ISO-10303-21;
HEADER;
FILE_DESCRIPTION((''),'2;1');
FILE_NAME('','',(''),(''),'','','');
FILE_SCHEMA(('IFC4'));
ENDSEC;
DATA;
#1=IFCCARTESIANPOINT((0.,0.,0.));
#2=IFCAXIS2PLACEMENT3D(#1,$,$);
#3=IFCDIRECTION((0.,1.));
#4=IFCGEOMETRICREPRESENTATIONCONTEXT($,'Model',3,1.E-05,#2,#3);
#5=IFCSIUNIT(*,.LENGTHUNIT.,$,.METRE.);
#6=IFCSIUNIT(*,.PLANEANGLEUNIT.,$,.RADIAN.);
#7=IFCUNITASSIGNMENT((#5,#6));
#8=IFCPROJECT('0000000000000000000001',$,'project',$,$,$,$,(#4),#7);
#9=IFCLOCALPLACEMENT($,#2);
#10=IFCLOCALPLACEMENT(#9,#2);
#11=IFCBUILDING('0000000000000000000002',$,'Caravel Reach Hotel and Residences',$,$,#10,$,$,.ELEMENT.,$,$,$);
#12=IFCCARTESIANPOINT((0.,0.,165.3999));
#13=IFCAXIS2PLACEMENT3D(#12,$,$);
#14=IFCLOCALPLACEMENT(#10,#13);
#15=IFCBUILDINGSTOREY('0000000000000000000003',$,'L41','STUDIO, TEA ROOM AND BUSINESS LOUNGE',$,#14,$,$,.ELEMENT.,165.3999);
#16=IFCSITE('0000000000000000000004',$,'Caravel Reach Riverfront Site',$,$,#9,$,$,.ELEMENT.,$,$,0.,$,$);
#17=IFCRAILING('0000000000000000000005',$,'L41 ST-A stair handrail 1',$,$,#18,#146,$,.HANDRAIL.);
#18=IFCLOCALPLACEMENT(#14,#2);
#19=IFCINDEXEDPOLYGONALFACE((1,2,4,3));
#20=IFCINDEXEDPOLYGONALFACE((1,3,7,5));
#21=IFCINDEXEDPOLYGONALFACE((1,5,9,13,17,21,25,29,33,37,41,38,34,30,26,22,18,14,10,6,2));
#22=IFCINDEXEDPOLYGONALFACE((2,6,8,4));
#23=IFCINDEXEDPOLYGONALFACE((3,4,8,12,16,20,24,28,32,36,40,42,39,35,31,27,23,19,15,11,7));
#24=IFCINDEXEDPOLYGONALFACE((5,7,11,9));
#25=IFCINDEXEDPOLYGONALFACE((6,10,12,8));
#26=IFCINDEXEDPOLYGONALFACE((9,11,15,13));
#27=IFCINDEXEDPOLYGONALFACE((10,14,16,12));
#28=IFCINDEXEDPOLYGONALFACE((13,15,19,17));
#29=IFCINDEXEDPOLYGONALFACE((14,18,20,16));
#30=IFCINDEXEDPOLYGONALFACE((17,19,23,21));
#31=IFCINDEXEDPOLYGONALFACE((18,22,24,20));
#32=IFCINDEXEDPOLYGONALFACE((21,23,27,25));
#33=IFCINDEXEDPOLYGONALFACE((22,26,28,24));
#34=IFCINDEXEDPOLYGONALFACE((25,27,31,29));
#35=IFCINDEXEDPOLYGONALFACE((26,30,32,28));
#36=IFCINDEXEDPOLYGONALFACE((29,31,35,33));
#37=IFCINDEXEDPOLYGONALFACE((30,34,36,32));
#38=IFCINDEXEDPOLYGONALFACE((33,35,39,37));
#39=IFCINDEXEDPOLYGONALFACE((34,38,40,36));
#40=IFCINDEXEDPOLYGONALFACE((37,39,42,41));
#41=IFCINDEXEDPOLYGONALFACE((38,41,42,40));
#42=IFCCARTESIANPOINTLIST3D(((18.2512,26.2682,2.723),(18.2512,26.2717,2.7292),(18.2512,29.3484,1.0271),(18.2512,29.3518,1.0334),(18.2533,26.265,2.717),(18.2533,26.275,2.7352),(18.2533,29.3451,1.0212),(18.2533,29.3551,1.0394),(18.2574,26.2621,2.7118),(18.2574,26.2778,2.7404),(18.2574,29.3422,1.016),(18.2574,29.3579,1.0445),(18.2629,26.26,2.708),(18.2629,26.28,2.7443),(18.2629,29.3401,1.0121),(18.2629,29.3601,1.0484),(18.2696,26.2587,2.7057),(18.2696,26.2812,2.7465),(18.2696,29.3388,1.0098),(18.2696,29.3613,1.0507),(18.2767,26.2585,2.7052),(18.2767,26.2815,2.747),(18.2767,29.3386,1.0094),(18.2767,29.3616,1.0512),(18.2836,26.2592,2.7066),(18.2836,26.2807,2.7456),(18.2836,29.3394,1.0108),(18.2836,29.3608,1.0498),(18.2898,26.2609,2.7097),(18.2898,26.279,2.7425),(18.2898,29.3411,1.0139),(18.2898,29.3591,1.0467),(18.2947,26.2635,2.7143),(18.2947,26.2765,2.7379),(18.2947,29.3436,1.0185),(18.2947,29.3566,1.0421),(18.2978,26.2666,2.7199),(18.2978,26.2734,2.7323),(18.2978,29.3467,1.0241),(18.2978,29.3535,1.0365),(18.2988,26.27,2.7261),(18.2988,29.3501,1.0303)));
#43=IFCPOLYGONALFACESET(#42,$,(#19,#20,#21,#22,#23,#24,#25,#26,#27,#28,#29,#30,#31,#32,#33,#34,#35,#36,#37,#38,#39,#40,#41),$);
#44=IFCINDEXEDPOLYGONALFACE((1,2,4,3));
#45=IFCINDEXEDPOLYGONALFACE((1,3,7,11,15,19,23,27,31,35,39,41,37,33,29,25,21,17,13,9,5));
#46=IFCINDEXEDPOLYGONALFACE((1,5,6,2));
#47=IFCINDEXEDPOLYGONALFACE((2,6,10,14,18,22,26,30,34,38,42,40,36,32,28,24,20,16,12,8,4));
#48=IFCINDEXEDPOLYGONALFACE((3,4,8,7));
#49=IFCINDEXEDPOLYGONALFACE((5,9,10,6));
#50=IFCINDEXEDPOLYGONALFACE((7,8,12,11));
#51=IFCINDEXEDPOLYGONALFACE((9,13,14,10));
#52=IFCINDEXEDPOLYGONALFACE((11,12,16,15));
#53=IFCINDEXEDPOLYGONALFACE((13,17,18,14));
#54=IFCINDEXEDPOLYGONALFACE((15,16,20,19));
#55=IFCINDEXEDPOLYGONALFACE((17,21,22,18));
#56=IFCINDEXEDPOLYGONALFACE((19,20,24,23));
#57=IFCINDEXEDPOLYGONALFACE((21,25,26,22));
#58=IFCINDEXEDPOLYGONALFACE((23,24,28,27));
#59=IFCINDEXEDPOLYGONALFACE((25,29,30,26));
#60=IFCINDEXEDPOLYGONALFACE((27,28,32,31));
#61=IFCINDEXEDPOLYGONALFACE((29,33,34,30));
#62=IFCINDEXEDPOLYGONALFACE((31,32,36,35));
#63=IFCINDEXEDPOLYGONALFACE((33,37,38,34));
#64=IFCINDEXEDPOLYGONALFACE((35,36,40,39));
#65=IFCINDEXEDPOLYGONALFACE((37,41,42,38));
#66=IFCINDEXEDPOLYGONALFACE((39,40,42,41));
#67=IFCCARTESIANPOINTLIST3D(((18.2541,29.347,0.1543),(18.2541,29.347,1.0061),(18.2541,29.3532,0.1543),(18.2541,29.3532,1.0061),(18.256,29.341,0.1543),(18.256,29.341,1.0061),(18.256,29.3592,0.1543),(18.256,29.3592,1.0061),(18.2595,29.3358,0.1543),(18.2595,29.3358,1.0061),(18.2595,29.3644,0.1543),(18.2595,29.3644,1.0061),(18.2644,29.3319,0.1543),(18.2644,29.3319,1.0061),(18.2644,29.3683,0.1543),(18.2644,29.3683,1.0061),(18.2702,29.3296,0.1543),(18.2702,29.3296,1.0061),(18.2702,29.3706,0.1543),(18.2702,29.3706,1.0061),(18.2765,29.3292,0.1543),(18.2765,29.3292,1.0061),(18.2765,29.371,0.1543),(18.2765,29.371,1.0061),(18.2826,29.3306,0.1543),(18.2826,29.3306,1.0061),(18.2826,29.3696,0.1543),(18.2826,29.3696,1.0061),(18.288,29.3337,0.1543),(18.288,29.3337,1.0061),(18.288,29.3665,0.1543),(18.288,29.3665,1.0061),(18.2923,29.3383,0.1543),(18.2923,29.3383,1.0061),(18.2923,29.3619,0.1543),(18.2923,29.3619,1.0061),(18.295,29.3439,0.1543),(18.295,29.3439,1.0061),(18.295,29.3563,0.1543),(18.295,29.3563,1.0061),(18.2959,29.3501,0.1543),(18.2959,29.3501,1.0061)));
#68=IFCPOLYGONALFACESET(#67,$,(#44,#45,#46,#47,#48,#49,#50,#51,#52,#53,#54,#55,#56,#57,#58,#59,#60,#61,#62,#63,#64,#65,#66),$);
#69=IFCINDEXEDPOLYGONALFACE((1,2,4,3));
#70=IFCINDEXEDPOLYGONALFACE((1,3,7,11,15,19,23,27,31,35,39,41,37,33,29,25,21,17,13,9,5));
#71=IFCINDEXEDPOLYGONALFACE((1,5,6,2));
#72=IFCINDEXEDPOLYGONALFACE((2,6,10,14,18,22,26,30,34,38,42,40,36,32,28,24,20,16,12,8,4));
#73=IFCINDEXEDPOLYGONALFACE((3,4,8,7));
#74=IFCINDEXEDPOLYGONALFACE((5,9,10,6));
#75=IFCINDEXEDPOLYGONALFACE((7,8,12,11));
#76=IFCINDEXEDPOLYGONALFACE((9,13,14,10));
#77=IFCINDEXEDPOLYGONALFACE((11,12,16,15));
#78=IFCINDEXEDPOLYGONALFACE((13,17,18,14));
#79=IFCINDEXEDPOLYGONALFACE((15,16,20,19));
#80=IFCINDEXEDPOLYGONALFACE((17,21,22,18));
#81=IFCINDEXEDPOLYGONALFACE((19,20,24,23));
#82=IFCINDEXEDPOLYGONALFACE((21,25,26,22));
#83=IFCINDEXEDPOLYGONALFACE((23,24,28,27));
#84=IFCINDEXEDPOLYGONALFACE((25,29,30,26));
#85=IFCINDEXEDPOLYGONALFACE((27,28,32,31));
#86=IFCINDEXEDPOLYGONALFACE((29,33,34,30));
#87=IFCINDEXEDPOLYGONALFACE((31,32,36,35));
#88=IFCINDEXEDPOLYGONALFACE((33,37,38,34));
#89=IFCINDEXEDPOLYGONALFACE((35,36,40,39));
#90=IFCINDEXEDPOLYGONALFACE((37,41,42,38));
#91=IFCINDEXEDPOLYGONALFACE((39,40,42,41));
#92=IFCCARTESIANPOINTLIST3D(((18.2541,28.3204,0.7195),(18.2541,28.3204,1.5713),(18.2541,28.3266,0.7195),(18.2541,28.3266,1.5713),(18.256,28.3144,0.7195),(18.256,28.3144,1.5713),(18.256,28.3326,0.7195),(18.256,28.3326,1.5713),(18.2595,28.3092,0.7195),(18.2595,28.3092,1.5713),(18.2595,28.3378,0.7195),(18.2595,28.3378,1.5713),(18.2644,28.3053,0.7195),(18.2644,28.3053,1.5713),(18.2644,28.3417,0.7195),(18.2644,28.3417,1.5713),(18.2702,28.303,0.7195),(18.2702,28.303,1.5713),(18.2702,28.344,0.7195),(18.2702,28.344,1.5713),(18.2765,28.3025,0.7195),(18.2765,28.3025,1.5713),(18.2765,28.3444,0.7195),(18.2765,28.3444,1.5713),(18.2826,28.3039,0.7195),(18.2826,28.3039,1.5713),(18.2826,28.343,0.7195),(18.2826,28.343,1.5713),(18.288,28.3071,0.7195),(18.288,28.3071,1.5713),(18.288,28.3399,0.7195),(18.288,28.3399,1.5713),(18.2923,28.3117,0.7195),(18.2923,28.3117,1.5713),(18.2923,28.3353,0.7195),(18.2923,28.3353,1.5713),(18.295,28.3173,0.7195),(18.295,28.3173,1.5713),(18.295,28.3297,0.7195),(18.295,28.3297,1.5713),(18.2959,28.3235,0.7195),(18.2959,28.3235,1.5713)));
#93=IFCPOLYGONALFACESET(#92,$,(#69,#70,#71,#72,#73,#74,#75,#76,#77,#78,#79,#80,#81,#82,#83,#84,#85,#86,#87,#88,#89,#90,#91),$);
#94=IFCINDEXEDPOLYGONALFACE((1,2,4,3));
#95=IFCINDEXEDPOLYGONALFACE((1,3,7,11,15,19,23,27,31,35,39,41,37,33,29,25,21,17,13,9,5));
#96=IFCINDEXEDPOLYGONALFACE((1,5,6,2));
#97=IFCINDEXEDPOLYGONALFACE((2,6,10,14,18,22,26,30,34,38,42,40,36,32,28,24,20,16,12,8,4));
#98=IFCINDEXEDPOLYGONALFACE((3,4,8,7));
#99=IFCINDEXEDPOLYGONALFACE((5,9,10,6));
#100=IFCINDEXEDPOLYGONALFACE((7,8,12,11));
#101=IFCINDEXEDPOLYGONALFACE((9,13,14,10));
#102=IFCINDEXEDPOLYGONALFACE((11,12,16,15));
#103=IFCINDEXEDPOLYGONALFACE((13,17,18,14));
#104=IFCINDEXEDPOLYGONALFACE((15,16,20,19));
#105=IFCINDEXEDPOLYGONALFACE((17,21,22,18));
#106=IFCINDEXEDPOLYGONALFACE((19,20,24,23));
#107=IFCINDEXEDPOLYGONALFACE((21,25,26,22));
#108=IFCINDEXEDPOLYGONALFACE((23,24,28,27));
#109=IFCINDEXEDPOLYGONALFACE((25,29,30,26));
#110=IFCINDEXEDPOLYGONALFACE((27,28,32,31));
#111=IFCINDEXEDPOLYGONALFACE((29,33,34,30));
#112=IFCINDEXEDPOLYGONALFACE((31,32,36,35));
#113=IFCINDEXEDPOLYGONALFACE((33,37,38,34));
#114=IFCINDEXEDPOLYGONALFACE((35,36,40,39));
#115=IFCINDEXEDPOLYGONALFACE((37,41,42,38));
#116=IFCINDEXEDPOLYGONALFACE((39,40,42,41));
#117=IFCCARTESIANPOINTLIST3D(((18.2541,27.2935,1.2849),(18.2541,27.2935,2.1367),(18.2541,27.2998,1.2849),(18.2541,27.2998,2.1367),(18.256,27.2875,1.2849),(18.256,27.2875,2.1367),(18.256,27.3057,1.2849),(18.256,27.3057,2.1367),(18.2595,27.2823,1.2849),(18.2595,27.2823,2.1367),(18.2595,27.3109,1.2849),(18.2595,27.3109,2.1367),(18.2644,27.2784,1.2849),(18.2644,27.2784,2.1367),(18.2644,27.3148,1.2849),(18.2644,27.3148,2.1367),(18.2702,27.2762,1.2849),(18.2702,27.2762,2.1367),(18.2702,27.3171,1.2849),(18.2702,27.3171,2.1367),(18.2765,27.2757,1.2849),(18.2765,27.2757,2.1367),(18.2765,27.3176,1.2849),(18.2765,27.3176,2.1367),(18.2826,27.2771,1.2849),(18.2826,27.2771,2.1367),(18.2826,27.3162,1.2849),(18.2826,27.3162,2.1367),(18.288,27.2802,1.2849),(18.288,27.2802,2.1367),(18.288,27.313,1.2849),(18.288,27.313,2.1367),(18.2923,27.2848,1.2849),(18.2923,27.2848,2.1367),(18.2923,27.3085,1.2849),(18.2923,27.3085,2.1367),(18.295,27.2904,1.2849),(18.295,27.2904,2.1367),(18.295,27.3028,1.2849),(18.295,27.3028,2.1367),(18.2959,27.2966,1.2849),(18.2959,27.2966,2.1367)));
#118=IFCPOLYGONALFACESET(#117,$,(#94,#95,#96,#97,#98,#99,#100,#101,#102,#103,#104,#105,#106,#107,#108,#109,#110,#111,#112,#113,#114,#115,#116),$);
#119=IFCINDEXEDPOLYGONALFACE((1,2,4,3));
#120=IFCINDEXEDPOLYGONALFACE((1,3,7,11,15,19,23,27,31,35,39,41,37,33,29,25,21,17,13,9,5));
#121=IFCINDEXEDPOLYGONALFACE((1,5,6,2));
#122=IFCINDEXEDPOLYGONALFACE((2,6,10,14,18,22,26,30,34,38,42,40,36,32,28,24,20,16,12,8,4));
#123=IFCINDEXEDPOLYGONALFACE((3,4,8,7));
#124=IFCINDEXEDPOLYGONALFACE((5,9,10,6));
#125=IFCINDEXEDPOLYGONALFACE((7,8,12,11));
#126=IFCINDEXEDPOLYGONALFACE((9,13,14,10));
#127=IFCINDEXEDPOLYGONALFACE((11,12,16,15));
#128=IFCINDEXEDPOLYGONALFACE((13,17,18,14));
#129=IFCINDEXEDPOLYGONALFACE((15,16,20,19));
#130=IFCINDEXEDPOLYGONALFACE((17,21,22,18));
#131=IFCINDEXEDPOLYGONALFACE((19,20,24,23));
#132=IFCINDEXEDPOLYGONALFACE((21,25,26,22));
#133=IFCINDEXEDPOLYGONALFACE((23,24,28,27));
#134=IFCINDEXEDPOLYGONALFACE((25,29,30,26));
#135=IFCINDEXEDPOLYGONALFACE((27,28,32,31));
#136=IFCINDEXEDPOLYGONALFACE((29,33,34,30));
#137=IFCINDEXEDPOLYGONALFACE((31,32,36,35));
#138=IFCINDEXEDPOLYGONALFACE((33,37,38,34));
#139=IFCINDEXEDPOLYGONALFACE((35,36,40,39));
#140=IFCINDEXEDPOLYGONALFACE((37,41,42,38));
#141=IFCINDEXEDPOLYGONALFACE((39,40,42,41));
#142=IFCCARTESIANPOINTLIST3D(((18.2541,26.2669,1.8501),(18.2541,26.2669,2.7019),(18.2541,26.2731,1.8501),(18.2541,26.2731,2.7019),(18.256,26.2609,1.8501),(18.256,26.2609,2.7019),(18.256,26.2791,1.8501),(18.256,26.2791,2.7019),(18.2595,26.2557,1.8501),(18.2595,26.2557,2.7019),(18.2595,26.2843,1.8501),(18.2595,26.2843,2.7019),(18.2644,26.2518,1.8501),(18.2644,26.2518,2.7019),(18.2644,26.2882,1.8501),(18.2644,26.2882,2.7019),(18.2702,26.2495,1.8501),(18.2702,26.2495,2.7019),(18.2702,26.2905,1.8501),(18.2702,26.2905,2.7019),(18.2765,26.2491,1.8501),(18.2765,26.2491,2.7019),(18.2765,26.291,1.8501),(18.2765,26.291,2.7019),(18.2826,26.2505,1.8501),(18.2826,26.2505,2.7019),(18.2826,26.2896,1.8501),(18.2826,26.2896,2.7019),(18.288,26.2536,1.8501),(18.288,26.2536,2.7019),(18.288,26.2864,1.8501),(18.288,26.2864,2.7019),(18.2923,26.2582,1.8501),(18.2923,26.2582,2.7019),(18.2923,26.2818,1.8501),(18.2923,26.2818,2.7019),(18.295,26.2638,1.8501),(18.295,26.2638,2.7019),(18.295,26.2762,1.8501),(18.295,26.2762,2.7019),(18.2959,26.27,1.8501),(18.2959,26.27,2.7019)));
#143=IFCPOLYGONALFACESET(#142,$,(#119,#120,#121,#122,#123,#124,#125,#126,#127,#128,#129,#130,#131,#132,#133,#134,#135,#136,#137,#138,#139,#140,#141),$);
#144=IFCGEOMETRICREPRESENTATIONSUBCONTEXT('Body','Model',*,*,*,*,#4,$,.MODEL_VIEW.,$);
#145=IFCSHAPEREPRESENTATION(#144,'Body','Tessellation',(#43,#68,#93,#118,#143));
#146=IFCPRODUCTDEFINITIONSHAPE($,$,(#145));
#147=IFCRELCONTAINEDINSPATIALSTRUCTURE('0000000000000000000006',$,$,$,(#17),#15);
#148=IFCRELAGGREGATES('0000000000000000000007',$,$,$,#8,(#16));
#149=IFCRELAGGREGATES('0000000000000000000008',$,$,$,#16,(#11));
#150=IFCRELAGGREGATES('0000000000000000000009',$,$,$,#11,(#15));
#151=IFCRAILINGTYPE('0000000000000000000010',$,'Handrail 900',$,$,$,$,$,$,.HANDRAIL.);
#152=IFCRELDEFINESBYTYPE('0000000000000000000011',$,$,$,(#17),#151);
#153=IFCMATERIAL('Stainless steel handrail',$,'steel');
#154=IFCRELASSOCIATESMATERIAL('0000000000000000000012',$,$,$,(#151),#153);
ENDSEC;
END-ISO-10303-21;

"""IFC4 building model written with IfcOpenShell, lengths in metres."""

from ifc_helpers import new_model, si_unit, direction, frame, origin, origin_2d, place, context, subcontext, project, spatial, circle, extrude, material, type_object, element, save


model = new_model("IFC4")

# Units and contexts
model_context = context("Model", 3, precision=1e-05, world=origin(), true_north=direction((0.0, 1.0)))
body_context = subcontext(model_context, "Body", "Model", "MODEL_VIEW")
ifc_project = project(units=[si_unit("LENGTHUNIT", "METRE"), si_unit("PLANEANGLEUNIT", "RADIAN")], contexts=[model_context])

# Site, building, storey
site_placement = place(None, origin())
site = spatial("IfcSite", under=ifc_project, at=site_placement, Name="Caravel Reach Riverfront Site", CompositionType="ELEMENT", RefElevation=0.0)
building_placement = place(site_placement, origin())
building = spatial("IfcBuilding", under=site, at=building_placement, Name="Caravel Reach Hotel and Residences", CompositionType="ELEMENT")
storey_placement = place(building_placement, frame((0.0, 0.0, 165.3999)))
storey = spatial("IfcBuildingStorey", under=building, at=storey_placement, Name="L41", Description="STUDIO, TEA ROOM AND BUSINESS LOUNGE", CompositionType="ELEMENT", Elevation=165.3999)

# Railing
ifc_material_1 = material(Name="Stainless steel handrail", Category="steel")
railing_type_1 = type_object("IfcRailingType", Name="Handrail 900", PredefinedType="HANDRAIL", material=ifc_material_1)
railing_1_placement = place(storey_placement, frame((18.2749, 29.3501, 0.1543)))
element("IfcRailing", 1, at=railing_1_placement, inside=storey, type_object=railing_type_1, Name="L41 ST-A stair handrail 1", PredefinedType="HANDRAIL", context=body_context, shape_type="SweptSolid", body=[
    extrude(circle(Radius=0.0239, at=origin_2d()), frame((0.0, 0.0, 0.876), z_axis=(0.0, -0.876005, 0.482303), x_axis=(1.0, 0.0, 0.0)), (0.0, 0.0, 1.0), 3.5161),
    extrude(circle(Radius=0.021, at=origin_2d()), origin(), (0.0, 0.0, 1.0), 0.8518),
    extrude(circle(Radius=0.021, at=origin_2d()), frame((0.0, -1.0266, 0.5652)), (0.0, 0.0, 1.0), 0.8518),
    extrude(circle(Radius=0.021, at=origin_2d()), frame((0.0, -2.0535, 1.1306)), (0.0, 0.0, 1.0), 0.8518),
    extrude(circle(Radius=0.021, at=origin_2d()), frame((0.0, -3.0801, 1.6958)), (0.0, 0.0, 1.0), 0.8518),
])

save(model, "model.ifc")
